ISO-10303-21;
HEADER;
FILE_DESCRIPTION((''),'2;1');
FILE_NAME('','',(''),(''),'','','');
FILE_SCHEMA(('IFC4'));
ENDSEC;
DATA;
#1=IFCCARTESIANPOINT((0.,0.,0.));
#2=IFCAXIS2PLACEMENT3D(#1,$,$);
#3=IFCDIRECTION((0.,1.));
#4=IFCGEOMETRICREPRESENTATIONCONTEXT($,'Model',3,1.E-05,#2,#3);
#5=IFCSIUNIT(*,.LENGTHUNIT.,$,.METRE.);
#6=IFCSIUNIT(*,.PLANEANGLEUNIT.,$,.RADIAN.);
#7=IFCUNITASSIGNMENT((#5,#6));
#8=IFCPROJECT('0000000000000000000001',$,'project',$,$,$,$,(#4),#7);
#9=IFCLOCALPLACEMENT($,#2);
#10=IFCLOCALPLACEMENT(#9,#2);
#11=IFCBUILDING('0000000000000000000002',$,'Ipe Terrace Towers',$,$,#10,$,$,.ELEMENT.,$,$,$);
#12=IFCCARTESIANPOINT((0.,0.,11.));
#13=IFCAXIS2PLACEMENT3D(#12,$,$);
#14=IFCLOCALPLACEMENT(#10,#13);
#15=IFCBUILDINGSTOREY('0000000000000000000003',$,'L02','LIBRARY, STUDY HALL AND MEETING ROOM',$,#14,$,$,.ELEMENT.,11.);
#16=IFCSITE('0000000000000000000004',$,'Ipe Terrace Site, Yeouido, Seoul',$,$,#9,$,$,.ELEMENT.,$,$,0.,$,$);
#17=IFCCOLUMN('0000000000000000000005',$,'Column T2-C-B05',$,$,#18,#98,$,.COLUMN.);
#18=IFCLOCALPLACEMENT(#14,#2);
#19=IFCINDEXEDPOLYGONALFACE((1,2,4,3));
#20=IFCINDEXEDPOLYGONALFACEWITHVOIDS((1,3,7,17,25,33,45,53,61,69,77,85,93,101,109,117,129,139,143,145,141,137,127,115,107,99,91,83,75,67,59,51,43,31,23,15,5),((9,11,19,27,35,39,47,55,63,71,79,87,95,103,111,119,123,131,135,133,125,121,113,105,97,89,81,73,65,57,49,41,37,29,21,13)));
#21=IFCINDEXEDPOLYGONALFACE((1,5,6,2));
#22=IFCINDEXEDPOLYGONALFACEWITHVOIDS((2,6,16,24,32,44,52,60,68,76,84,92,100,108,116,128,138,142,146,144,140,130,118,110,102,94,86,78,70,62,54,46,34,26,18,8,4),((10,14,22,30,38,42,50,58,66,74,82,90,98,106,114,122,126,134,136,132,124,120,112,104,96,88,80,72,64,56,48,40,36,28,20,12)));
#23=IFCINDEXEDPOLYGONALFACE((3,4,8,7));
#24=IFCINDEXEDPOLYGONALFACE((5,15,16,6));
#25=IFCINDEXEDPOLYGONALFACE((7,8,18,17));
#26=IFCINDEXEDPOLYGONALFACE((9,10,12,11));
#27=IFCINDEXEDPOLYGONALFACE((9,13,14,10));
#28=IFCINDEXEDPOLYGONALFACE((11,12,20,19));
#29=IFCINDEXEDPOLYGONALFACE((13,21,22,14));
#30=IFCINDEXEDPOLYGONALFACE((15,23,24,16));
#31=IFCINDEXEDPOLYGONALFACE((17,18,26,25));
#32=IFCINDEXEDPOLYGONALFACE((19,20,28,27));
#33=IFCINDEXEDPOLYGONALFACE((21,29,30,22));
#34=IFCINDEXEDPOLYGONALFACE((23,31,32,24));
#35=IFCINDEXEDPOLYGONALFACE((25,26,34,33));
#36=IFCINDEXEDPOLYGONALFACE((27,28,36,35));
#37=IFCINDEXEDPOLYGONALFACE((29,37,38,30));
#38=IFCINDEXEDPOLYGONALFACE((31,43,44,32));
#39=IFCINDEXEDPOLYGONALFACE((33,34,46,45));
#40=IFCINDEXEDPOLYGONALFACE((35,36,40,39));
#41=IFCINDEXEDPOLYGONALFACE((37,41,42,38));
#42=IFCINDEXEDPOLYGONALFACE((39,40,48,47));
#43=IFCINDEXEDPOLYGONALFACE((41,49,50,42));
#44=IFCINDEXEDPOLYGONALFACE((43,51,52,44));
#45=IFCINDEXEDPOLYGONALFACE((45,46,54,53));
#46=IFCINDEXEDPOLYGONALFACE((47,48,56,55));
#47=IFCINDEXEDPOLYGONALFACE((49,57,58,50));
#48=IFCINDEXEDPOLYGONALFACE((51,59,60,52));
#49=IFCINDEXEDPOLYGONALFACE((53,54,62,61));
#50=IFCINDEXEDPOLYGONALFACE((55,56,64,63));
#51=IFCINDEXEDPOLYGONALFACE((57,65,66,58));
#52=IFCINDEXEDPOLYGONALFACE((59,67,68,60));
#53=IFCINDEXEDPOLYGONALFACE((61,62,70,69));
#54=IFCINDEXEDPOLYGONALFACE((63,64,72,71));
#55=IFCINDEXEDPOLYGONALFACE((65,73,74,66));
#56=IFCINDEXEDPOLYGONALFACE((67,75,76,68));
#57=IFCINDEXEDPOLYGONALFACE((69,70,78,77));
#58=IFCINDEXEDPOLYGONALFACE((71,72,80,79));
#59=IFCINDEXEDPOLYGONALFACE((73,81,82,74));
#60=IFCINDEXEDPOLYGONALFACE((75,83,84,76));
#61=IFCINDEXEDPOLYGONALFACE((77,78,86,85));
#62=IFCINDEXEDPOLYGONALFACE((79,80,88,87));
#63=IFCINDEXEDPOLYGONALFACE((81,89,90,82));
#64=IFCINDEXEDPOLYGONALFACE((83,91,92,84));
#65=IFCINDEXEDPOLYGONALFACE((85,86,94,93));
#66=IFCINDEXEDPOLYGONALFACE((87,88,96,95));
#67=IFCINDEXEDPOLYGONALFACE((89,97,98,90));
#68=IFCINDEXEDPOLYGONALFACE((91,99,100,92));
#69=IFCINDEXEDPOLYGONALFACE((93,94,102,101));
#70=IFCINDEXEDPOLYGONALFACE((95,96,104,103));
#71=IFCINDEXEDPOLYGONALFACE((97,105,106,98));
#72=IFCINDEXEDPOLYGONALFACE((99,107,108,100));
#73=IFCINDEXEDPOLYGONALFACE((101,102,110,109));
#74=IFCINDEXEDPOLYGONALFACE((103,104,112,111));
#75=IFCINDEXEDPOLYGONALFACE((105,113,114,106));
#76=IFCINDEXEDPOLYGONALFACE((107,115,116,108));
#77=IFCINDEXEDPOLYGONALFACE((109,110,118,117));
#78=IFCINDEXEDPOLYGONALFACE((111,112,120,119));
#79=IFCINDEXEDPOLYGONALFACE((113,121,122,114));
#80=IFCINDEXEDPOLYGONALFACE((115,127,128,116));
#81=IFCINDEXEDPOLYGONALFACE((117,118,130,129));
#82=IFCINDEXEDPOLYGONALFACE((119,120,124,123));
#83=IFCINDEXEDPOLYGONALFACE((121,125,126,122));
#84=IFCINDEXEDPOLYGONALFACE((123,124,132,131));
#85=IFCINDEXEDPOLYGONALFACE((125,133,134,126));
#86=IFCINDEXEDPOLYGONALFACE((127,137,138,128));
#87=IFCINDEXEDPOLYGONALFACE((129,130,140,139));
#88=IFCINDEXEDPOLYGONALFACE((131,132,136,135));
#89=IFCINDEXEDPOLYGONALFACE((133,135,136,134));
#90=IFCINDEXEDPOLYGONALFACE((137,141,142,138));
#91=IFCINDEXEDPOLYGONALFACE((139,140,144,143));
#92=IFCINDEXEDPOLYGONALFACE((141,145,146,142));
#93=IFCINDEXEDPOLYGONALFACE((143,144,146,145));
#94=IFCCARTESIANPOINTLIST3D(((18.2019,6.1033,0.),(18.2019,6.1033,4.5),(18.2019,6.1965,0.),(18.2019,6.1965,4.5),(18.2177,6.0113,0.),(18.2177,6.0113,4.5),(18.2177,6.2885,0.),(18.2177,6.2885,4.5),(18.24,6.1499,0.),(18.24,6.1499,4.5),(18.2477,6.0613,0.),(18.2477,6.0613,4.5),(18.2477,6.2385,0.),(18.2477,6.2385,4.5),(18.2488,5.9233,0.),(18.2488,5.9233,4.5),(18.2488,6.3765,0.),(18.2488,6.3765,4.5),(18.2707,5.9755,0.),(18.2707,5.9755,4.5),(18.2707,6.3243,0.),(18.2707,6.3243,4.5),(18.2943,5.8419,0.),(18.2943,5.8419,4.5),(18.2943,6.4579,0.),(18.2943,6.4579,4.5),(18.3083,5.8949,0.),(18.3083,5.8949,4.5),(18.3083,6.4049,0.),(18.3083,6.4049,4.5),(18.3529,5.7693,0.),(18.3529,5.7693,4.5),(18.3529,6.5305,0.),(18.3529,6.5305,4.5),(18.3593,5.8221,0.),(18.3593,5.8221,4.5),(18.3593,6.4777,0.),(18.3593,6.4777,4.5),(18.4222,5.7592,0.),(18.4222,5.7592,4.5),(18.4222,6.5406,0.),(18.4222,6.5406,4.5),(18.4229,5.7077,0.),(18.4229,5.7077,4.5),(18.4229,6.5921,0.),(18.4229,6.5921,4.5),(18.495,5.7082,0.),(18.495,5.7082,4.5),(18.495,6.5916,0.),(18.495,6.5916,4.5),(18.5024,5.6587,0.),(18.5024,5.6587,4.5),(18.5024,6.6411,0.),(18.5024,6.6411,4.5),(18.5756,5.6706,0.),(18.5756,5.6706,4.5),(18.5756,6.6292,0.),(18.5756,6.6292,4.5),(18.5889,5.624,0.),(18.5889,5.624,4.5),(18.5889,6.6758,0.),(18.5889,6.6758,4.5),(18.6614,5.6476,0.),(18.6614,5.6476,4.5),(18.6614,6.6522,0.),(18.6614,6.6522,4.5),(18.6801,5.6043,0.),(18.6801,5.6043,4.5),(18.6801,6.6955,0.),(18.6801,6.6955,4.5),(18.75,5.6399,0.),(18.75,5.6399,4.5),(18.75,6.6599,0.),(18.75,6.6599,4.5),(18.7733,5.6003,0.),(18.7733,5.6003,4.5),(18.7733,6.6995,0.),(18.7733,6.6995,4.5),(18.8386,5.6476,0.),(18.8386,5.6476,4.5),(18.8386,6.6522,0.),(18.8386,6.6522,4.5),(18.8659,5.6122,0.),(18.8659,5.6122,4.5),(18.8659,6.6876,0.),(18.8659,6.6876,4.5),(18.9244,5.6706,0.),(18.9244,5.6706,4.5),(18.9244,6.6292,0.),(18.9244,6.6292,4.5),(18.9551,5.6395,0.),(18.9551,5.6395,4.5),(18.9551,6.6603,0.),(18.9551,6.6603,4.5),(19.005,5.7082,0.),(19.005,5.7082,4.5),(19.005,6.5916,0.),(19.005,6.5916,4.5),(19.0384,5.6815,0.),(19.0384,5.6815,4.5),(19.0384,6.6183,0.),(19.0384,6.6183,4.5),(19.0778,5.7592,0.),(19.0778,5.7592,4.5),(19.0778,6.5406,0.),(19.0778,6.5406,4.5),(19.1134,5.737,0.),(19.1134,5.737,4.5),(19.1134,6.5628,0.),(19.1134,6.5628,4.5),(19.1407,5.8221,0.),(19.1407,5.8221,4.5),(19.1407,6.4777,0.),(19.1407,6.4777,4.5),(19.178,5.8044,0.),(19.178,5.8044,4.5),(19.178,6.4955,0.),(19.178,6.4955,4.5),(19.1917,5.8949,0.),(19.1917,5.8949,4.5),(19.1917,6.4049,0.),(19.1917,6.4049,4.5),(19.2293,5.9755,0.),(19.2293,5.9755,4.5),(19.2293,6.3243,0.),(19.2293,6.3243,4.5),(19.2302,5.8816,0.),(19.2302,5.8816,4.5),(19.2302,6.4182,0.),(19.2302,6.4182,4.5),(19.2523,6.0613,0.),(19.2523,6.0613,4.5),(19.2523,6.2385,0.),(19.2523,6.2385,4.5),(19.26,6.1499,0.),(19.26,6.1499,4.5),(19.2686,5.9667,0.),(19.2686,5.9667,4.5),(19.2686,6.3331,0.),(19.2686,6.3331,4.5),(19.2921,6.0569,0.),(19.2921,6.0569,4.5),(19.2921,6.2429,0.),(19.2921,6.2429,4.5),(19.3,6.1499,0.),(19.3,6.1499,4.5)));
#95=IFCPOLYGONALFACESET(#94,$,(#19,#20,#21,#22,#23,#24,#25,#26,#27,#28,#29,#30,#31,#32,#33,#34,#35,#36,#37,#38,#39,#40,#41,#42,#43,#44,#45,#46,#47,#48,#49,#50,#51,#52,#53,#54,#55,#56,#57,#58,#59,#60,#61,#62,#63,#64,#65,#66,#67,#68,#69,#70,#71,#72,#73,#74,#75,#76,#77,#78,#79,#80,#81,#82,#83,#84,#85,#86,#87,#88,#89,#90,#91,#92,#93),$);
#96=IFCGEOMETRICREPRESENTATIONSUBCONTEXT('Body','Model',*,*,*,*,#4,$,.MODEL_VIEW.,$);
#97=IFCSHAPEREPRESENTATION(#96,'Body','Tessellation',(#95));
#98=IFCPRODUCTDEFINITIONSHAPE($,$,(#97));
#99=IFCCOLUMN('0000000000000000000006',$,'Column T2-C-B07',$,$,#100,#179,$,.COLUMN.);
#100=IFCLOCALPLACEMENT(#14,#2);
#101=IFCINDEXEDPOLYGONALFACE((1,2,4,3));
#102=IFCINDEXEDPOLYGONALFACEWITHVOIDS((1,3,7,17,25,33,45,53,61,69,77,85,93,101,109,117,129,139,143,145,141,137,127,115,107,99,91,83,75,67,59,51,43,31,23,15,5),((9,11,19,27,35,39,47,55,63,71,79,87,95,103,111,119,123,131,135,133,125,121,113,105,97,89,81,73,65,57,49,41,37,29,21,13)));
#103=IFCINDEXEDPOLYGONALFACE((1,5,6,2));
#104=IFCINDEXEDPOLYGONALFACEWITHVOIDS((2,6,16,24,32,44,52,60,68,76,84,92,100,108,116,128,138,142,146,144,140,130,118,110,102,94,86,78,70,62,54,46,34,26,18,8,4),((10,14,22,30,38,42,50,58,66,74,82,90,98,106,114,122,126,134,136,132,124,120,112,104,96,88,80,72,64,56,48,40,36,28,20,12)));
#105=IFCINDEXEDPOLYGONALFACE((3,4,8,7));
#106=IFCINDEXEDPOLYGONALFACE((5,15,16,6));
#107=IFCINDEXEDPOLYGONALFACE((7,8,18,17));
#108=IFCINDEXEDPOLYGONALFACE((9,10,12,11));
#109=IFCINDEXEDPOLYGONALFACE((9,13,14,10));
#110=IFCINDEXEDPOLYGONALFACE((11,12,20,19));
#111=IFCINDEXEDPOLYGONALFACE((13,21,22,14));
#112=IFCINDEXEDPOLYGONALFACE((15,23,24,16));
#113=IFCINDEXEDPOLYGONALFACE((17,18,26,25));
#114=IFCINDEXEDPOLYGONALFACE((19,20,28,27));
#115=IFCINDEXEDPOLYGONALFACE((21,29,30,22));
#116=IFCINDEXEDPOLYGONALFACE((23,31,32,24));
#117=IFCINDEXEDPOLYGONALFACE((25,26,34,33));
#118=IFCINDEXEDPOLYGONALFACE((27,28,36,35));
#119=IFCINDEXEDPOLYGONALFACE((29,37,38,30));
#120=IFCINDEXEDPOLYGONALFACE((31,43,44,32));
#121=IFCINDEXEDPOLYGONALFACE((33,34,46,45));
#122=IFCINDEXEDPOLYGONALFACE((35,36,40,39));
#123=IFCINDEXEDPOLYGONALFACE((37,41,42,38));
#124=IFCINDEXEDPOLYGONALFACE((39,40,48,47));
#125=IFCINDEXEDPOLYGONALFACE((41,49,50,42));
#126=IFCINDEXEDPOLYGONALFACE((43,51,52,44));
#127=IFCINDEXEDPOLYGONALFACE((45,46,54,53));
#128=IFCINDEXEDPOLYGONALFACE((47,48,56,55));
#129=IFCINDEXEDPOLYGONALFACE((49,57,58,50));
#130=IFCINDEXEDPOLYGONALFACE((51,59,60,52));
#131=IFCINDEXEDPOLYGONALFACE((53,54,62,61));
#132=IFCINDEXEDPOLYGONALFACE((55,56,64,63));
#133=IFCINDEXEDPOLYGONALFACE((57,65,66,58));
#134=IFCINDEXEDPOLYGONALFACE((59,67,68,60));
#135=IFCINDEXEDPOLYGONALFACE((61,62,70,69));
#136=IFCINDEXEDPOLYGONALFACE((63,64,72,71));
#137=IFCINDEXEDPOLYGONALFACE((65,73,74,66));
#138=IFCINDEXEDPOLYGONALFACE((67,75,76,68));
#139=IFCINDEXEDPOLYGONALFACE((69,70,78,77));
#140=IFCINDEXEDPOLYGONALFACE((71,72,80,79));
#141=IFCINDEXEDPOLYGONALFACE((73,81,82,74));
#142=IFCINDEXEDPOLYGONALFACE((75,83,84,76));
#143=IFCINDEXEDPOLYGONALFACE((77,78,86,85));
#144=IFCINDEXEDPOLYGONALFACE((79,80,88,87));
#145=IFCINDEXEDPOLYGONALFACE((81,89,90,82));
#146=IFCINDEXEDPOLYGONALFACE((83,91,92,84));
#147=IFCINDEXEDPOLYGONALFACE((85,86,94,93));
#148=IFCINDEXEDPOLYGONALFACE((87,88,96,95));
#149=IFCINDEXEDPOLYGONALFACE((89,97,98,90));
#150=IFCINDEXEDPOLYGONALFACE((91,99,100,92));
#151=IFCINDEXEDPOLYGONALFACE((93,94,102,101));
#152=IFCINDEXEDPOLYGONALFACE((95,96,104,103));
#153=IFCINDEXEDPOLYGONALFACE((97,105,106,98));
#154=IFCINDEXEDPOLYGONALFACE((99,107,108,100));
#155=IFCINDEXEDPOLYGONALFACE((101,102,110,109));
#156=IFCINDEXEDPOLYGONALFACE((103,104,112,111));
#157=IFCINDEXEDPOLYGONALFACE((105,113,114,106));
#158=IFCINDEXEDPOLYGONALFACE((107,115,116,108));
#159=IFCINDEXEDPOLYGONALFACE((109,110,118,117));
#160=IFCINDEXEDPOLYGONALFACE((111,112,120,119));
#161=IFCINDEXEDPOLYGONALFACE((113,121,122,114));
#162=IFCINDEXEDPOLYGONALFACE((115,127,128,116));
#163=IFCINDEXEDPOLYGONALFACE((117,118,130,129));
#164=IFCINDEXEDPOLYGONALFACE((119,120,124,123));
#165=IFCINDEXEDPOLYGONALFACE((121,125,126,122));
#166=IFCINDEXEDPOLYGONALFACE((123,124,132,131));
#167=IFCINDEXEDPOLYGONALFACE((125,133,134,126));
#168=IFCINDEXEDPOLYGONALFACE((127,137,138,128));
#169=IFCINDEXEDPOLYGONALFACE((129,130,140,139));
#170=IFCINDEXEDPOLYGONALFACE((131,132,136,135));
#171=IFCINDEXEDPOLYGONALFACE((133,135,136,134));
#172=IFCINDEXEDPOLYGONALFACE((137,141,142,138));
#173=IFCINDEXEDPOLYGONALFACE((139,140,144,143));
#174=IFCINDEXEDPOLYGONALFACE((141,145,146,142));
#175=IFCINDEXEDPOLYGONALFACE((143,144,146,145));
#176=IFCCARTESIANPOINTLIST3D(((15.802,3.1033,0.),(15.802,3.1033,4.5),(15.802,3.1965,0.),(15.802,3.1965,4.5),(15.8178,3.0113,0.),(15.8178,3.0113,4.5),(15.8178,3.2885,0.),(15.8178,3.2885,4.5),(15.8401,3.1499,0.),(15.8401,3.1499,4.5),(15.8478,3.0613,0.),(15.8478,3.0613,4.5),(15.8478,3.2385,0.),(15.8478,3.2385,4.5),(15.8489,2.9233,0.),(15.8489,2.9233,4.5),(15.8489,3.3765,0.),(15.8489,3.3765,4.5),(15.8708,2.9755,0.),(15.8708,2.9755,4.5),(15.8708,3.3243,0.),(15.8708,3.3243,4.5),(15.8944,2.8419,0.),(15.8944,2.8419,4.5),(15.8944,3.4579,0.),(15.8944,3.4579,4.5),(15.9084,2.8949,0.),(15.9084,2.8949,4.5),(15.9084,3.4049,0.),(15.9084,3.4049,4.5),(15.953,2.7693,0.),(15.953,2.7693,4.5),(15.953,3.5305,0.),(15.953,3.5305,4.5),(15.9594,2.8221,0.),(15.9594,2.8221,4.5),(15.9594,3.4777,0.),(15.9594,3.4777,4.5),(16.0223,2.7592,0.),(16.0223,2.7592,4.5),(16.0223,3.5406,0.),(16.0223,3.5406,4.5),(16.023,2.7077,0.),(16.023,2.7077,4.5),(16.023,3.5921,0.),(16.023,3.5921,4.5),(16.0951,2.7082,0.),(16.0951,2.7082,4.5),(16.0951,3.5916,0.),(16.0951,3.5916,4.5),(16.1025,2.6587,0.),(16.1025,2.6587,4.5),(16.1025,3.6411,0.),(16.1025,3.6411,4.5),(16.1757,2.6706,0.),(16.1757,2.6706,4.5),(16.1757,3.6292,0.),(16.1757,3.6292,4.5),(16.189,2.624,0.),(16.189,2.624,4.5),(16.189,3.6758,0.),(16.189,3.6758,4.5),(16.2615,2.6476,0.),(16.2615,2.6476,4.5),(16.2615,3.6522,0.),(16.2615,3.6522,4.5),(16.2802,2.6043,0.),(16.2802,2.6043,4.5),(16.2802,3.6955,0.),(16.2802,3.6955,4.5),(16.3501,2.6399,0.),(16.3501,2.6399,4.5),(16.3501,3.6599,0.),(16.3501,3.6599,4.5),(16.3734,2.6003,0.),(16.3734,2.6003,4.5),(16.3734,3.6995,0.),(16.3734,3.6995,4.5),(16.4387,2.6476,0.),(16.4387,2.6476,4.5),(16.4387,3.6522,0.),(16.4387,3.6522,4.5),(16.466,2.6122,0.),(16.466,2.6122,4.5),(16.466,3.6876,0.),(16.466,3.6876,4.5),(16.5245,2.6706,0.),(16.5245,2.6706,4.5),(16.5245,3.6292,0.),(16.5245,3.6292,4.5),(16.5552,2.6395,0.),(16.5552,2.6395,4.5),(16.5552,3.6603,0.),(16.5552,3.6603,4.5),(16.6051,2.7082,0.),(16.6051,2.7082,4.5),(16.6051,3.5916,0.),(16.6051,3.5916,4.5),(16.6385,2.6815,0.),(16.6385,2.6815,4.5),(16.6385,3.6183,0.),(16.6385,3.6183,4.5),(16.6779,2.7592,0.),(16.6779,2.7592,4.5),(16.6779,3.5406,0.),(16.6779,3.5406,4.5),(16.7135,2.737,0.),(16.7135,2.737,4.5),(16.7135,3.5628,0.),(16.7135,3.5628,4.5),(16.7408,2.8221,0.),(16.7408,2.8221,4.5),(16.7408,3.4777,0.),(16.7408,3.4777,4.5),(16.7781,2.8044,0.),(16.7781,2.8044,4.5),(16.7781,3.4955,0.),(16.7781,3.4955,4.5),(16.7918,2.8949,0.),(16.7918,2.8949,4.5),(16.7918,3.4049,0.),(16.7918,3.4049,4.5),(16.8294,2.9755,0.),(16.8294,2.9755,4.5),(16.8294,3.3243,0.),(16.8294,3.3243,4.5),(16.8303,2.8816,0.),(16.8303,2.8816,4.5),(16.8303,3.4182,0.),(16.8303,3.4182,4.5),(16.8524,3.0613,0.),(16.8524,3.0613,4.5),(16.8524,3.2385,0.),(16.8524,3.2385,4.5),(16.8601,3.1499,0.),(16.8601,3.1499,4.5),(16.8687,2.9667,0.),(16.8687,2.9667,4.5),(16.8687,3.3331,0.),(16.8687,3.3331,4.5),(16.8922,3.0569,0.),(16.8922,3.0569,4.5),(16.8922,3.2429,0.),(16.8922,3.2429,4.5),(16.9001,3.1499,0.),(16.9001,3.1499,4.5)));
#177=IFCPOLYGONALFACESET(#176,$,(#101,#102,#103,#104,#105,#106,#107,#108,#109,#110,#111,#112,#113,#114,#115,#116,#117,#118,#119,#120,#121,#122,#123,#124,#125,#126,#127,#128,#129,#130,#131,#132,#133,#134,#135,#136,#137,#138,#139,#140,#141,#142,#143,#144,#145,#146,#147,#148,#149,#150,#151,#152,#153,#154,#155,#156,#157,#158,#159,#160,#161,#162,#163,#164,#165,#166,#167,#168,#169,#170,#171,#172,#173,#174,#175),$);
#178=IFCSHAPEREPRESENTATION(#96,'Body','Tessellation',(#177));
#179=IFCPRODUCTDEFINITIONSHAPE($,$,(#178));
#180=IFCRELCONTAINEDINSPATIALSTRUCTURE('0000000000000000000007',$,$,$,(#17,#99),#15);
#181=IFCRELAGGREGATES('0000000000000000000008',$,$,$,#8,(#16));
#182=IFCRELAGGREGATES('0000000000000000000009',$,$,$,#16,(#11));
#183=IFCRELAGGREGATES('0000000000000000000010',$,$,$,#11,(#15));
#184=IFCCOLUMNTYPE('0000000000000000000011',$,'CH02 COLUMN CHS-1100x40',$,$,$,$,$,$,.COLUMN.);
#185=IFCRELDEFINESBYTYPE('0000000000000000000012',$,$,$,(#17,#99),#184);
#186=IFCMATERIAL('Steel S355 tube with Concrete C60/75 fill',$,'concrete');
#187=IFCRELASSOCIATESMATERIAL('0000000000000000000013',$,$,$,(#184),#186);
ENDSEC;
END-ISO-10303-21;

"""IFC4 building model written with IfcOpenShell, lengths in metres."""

from ifc_helpers import new_model, si_unit, direction, frame, origin, origin_2d, place, context, subcontext, project, spatial, hollow_circle, extrude, material, material_profile, profile_set, type_object, element, save


model = new_model("IFC4")

# Units and contexts
model_context = context("Model", 3, precision=1e-05, world=origin(), true_north=direction((0.0, 1.0)))
body_context = subcontext(model_context, "Body", "Model", "MODEL_VIEW")
ifc_project = project(units=[si_unit("LENGTHUNIT", "METRE"), si_unit("PLANEANGLEUNIT", "RADIAN")], contexts=[model_context])

# Site, building, storey
site_placement = place(None, origin())
site = spatial("IfcSite", under=ifc_project, at=site_placement, Name="Ipe Terrace Site, Yeouido, Seoul", CompositionType="ELEMENT", RefElevation=0.0)
building_placement = place(site_placement, origin())
building = spatial("IfcBuilding", under=site, at=building_placement, Name="Ipe Terrace Towers", CompositionType="ELEMENT")
storey_placement = place(building_placement, frame((0.0, 0.0, 11.0)))
storey = spatial("IfcBuildingStorey", under=building, at=storey_placement, Name="L02", Description="LIBRARY, STUDY HALL AND MEETING ROOM", CompositionType="ELEMENT", Elevation=11.0)

# Columns
ifc_material_1 = material(Name="Steel S355 tube with Concrete C60/75 fill", Category="concrete")
ifc_material_profile_1 = material_profile(ifc_material_1, hollow_circle(Radius=0.55, WallThickness=0.04, at=origin_2d()), Name="CHS-1100x40")
ifc_profile_set_1 = profile_set([ifc_material_profile_1], Name="Steel S355 tube with Concrete C60/75 fill")
column_type_1 = type_object("IfcColumnType", Name="CH02 COLUMN CHS-1100x40", PredefinedType="COLUMN", material=ifc_profile_set_1)
for number, where, z_axis, x_axis, name in (
    (1, (18.75, 6.1499, 0.0), (0.0, 0.0, 1.0), (1.0, 0.0, 0.0), "Column T2-C-B05"),
    (2, (16.3501, 3.1499, 0.0), (0.0, 0.0, 1.0), (1.0, 0.0, 0.0), "Column T2-C-B07"),
):
    element("IfcColumn", number, at=place(storey_placement, frame(where, z_axis=z_axis, x_axis=x_axis)), inside=storey, type_object=column_type_1, Name=name, PredefinedType="COLUMN", context=body_context, shape_type="SweptSolid", body=[
        extrude(hollow_circle(Radius=0.55, WallThickness=0.04, at=origin_2d()), origin(), (0.0, 0.0, 1.0), 4.5),
    ])

save(model, "model.ifc")
